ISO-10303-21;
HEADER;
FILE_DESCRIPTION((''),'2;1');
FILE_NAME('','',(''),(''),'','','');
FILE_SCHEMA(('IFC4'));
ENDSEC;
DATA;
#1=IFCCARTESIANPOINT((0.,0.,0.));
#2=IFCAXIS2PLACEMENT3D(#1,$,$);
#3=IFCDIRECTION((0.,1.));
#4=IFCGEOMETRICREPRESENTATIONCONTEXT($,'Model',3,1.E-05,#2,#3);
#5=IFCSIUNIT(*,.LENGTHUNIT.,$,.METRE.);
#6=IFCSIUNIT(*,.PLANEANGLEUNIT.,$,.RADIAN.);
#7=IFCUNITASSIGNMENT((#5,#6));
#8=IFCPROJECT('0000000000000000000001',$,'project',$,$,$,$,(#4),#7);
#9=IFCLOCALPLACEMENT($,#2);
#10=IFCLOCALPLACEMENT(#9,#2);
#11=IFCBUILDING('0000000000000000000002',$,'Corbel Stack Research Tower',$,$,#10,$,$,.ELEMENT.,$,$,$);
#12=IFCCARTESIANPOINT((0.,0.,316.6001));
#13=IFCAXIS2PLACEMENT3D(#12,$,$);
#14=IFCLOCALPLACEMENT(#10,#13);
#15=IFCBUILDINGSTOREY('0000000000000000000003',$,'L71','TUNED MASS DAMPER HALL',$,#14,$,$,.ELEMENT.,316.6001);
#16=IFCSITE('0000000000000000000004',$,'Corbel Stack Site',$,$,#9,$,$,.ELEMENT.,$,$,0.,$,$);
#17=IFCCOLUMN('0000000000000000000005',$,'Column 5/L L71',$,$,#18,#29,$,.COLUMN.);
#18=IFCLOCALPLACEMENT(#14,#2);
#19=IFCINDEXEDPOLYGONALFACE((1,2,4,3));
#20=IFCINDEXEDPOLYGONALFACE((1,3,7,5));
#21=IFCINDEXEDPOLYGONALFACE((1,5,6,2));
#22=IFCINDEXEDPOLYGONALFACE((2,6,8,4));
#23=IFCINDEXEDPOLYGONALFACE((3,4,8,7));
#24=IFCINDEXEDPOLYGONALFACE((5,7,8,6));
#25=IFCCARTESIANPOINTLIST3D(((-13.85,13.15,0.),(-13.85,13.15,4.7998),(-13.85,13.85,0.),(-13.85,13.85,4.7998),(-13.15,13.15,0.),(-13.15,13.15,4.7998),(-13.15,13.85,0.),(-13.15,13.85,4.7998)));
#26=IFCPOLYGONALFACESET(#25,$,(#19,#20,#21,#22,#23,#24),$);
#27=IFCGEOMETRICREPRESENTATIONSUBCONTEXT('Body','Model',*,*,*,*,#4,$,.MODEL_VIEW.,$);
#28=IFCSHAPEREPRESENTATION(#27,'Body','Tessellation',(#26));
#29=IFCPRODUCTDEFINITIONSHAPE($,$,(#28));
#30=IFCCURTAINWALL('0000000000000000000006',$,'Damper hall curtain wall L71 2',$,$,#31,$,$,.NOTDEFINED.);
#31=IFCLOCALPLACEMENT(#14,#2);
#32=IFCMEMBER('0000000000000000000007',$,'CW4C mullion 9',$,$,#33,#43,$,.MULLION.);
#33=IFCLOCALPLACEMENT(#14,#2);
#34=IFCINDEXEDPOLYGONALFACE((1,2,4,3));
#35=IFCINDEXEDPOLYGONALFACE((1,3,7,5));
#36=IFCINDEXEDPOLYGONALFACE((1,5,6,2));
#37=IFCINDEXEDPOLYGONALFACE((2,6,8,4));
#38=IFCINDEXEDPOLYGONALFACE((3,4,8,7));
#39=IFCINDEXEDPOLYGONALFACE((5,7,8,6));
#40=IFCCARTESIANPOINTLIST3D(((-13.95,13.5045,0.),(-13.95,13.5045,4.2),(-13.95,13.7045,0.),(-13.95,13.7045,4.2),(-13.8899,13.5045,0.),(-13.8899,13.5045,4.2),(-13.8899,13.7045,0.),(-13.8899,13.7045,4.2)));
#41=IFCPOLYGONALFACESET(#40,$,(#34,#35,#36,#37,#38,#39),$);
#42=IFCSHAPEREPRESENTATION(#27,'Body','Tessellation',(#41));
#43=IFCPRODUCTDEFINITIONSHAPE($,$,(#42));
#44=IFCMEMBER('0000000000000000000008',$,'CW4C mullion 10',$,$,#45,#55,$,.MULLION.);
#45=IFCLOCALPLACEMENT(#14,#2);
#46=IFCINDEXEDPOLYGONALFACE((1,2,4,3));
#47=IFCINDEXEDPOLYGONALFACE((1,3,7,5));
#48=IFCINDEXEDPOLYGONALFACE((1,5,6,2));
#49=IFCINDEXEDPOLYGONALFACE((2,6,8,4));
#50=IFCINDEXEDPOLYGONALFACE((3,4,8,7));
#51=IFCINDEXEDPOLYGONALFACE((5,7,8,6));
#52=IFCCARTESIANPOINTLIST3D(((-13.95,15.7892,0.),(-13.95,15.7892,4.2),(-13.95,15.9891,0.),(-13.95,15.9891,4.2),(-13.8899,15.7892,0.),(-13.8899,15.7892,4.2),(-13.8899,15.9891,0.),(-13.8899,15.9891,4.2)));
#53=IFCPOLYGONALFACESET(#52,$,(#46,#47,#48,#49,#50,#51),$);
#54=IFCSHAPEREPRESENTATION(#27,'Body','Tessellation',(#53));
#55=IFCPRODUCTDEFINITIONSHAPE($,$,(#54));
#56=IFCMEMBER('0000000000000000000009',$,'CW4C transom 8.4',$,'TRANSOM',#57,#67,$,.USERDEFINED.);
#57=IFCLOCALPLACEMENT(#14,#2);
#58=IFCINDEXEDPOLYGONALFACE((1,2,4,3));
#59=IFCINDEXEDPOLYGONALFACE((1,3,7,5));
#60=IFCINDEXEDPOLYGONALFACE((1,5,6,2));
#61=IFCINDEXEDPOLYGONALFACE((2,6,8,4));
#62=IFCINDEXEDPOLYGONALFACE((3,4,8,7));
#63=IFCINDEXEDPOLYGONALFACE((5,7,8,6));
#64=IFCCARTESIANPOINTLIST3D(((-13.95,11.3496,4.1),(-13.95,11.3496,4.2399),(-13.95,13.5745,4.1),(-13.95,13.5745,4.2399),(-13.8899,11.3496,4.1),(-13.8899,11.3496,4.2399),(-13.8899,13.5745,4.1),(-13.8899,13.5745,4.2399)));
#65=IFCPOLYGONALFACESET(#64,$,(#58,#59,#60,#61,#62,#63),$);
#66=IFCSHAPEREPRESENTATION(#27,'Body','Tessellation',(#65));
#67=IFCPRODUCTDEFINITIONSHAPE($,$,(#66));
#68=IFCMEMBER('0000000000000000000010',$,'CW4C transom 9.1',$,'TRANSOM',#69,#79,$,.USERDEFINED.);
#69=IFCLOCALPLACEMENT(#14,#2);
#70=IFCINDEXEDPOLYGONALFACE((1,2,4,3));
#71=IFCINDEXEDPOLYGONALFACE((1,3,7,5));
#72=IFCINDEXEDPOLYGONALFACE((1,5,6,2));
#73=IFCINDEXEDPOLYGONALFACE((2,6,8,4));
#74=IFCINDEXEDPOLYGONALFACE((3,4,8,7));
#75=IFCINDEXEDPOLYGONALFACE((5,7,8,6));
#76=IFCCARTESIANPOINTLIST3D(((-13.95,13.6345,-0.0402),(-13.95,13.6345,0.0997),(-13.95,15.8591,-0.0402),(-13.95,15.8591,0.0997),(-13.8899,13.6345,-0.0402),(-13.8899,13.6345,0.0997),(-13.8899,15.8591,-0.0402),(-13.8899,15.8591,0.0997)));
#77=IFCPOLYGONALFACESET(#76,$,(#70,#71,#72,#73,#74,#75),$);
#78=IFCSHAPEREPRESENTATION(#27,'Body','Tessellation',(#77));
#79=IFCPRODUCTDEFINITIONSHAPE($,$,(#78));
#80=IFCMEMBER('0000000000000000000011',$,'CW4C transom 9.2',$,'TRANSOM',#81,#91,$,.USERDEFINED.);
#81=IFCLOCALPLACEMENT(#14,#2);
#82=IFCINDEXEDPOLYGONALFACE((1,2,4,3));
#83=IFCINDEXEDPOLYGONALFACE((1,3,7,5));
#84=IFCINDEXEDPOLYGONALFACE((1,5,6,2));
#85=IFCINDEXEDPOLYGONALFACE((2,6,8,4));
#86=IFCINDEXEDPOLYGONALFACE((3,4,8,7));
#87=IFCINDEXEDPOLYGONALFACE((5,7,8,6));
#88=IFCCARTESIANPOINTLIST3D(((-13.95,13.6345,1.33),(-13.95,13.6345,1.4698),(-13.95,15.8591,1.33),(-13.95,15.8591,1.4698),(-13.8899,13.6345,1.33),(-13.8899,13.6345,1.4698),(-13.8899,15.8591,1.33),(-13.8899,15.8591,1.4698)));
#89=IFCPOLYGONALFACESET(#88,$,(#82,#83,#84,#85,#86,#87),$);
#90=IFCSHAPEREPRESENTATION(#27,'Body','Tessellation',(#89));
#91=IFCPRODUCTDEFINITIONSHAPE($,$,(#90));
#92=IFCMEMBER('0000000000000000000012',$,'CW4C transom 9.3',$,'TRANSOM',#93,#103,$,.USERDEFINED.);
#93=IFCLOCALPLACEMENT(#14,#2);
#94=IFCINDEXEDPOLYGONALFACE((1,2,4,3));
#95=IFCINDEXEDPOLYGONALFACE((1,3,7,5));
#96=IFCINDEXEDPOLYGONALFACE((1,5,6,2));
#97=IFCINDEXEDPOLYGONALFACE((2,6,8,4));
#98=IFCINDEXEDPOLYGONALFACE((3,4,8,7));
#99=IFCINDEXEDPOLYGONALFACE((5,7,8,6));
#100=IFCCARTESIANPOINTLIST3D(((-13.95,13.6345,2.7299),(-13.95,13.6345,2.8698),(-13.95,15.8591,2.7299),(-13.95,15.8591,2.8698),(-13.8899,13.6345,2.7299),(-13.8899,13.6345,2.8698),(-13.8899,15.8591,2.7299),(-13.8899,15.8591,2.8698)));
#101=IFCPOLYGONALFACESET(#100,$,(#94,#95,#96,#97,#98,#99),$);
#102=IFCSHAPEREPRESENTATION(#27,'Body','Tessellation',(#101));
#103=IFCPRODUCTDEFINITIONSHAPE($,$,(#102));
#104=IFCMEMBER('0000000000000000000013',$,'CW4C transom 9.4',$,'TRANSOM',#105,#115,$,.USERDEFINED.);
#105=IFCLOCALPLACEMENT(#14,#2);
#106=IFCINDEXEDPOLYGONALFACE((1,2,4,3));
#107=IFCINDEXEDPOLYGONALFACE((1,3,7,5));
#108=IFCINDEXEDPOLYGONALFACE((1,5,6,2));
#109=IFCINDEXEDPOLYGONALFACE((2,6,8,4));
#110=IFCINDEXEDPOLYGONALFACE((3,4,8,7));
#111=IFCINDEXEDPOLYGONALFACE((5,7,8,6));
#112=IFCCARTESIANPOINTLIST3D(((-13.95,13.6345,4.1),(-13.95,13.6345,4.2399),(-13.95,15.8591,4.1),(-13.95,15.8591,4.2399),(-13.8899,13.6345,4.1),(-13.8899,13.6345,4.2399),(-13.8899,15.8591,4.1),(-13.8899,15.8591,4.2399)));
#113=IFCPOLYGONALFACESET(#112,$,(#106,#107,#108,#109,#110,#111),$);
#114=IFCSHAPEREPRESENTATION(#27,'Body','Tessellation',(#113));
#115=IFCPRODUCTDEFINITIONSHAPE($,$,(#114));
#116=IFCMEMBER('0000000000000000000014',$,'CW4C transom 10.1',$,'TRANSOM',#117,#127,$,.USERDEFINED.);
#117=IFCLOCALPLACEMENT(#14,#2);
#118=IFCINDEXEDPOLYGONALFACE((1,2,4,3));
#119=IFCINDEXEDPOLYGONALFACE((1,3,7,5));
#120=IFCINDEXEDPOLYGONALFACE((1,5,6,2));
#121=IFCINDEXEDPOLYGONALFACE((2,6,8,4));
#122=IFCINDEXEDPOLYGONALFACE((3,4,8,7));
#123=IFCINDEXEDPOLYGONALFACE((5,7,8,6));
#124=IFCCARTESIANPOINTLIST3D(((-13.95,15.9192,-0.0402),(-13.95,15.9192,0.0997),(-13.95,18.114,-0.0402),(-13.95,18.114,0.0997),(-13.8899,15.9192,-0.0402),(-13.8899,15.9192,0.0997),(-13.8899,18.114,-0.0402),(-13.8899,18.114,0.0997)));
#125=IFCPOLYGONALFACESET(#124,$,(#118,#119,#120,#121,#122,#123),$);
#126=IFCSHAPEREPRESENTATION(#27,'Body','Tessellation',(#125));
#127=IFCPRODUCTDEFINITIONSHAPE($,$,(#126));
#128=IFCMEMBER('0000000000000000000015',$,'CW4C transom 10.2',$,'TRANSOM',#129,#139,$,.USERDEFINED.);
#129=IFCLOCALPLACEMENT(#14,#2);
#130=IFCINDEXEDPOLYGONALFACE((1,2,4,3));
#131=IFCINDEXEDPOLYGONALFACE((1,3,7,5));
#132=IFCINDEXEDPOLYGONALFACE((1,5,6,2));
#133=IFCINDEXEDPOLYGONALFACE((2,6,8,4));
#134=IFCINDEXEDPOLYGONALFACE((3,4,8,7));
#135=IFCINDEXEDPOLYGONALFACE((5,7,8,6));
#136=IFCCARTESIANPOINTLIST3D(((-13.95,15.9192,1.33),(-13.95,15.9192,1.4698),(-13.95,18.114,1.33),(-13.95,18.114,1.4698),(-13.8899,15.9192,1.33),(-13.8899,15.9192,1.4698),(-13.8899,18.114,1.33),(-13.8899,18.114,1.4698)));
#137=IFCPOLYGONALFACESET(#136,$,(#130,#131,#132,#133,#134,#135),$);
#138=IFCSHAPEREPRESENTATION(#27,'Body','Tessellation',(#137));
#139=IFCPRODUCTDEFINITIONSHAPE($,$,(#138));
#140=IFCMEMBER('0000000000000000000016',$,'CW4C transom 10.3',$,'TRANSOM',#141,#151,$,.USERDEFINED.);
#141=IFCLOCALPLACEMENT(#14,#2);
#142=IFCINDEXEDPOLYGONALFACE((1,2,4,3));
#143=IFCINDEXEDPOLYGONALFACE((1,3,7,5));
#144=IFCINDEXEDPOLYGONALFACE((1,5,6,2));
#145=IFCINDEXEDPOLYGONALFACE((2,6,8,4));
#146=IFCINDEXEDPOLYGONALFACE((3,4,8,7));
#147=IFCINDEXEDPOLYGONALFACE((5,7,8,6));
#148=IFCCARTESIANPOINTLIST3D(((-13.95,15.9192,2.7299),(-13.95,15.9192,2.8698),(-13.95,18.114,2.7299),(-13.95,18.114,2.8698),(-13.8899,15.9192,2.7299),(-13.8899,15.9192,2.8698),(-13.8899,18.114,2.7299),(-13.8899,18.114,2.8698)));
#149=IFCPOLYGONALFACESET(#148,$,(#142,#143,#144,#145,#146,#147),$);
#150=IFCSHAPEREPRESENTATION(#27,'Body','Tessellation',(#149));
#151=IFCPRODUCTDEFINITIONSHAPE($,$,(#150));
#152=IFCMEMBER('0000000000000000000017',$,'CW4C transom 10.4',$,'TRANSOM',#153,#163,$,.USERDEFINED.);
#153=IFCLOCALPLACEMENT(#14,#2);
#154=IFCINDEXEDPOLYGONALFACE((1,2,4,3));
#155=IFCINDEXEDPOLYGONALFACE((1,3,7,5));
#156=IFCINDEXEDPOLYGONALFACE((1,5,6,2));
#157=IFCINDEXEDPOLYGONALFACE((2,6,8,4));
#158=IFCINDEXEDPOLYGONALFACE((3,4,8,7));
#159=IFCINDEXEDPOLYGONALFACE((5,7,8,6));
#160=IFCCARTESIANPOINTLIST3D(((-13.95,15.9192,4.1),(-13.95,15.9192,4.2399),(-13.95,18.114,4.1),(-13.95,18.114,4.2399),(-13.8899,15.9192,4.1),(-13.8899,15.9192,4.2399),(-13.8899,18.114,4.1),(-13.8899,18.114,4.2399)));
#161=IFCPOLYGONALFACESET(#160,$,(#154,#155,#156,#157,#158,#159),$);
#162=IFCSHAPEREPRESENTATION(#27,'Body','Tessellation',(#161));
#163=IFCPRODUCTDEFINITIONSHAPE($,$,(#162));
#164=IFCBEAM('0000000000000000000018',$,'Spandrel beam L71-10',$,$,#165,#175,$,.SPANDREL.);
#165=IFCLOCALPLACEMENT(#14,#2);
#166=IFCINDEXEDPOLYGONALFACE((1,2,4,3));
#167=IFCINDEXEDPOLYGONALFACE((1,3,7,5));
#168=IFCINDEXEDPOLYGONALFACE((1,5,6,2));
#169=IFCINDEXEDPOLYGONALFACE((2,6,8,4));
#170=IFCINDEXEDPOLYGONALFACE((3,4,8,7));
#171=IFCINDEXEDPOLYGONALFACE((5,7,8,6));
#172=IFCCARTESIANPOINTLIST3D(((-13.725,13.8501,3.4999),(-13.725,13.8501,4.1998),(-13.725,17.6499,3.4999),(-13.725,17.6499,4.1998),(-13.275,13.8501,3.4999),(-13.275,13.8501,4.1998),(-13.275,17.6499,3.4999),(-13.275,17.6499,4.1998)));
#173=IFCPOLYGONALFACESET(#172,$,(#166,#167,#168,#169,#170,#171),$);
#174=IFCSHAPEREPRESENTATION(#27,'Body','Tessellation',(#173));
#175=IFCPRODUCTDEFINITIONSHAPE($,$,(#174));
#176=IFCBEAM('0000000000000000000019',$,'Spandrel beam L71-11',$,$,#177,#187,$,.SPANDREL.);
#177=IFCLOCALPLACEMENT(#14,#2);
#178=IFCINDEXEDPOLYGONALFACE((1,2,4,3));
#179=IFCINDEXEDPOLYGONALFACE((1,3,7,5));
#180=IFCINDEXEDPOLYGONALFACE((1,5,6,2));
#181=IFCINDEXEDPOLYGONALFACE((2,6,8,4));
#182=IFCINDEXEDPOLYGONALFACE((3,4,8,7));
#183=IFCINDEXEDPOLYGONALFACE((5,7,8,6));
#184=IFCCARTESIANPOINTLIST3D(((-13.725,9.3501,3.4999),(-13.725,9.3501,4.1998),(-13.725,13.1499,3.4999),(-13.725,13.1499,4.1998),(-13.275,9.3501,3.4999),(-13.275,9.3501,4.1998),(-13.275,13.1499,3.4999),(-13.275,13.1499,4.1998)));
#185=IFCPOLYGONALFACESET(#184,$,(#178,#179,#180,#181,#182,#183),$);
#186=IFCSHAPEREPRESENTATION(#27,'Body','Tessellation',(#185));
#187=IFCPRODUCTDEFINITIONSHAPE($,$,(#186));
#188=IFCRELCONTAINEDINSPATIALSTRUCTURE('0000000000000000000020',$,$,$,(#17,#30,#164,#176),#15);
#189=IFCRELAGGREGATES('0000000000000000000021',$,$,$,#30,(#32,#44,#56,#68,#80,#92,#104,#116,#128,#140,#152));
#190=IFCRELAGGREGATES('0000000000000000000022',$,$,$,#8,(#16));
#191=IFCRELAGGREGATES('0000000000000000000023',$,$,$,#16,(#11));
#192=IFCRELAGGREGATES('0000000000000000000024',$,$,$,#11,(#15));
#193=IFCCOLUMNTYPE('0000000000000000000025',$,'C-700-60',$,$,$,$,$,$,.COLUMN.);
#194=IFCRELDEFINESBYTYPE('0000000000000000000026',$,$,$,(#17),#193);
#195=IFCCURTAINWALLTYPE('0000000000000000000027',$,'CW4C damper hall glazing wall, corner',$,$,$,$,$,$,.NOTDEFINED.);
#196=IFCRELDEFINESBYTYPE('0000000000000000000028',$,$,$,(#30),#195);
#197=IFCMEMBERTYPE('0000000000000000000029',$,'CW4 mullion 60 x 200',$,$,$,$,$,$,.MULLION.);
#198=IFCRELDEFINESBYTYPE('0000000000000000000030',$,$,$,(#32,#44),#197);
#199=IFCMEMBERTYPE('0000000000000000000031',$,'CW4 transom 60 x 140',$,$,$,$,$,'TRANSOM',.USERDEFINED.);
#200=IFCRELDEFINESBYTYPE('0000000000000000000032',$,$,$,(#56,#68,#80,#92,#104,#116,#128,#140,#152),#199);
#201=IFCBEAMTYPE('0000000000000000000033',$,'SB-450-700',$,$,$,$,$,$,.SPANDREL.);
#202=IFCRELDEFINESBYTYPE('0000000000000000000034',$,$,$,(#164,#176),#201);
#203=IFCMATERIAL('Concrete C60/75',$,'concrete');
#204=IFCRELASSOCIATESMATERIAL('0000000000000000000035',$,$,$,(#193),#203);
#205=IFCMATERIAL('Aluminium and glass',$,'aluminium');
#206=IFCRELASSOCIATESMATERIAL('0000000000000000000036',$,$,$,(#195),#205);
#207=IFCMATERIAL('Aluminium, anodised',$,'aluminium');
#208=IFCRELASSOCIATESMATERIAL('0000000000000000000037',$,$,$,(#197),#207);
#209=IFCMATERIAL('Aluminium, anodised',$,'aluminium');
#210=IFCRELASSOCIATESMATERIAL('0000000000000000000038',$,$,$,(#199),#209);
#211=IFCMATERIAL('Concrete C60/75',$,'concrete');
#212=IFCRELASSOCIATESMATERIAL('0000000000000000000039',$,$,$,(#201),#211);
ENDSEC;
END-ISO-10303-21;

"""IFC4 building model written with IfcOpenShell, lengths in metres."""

from ifc_helpers import new_model, si_unit, direction, frame, origin, origin_2d, place, context, subcontext, project, spatial, rectangle, extrude, material, material_profile, profile_set, type_object, element, aggregate, save


model = new_model("IFC4")

# Units and contexts
model_context = context("Model", 3, precision=1e-05, world=origin(), true_north=direction((0.0, 1.0)))
body_context = subcontext(model_context, "Body", "Model", "MODEL_VIEW")
ifc_project = project(units=[si_unit("LENGTHUNIT", "METRE"), si_unit("PLANEANGLEUNIT", "RADIAN")], contexts=[model_context])

# Site, building, storey
site_placement = place(None, origin())
site = spatial("IfcSite", under=ifc_project, at=site_placement, Name="Corbel Stack Site", CompositionType="ELEMENT", RefElevation=0.0)
building_placement = place(site_placement, origin())
building = spatial("IfcBuilding", under=site, at=building_placement, Name="Corbel Stack Research Tower", CompositionType="ELEMENT")
storey_placement = place(building_placement, frame((0.0, 0.0, 316.6001)))
storey = spatial("IfcBuildingStorey", under=building, at=storey_placement, Name="L71", Description="TUNED MASS DAMPER HALL", CompositionType="ELEMENT", Elevation=316.6001)

# Column
ifc_material_1 = material(Name="Concrete C60/75", Category="concrete")
ifc_material_profile_1 = material_profile(ifc_material_1, rectangle(XDim=0.7, YDim=0.7, at=origin_2d()), Name="RC 700 x 700")
ifc_profile_set_1 = profile_set([ifc_material_profile_1], Name="Concrete C60/75")
column_type = type_object("IfcColumnType", Name="C-700-60", PredefinedType="COLUMN", material=ifc_profile_set_1)
column_placement = place(storey_placement, frame((-13.5, 13.5, 0.0), z_axis=(0.0, 0.0, 1.0), x_axis=(1.0, 0.0, 0.0)))
element("IfcColumn", 1, at=column_placement, inside=storey, type_object=column_type, Name="Column 5/L L71", PredefinedType="COLUMN", context=body_context, shape_type="SweptSolid", body=[
    extrude(rectangle(XDim=0.7, YDim=0.7, at=origin_2d()), origin(), (0.0, 0.0, 1.0), 4.7998),
])

# Curtain wall, members
ifc_material_2 = material(Name="Aluminium and glass", Category="aluminium")
curtain_wall_type = type_object("IfcCurtainWallType", Name="CW4C damper hall glazing wall, corner", PredefinedType="NOTDEFINED", material=ifc_material_2)
curtain_wall_placement = place(storey_placement, origin())
curtain_wall = element("IfcCurtainWall", 2, at=curtain_wall_placement, inside=storey, type_object=curtain_wall_type, Name="Damper hall curtain wall L71 2", PredefinedType="NOTDEFINED")
ifc_material_3 = material(Name="Aluminium, anodised", Category="aluminium")
ifc_material_profile_2 = material_profile(ifc_material_3, rectangle(XDim=0.0601, YDim=0.2, at=origin_2d()), Name="CW4 mullion 60 x 200")
ifc_profile_set_2 = profile_set([ifc_material_profile_2], Name="Aluminium, anodised")
member_type_1 = type_object("IfcMemberType", Name="CW4 mullion 60 x 200", PredefinedType="MULLION", material=ifc_profile_set_2)
member_1_placement = place(storey_placement, frame((-13.9199, 13.6045, 0.0), z_axis=(0.0, 0.0, 1.0), x_axis=(-1.0, 0.0, 0.0)))
member_1 = element("IfcMember", 3, at=member_1_placement, type_object=member_type_1, Name="CW4C mullion 9", PredefinedType="MULLION", context=body_context, shape_type="SweptSolid", body=[
    extrude(rectangle(XDim=0.0601, YDim=0.2, at=origin_2d()), origin(), (0.0, 0.0, 1.0), 4.2),
])
member_2_placement = place(storey_placement, frame((-13.9199, 15.8892, 0.0), z_axis=(0.0, 0.0, 1.0), x_axis=(-1.0, 0.0, 0.0)))
member_2 = element("IfcMember", 4, at=member_2_placement, type_object=member_type_1, Name="CW4C mullion 10", PredefinedType="MULLION", context=body_context, shape_type="SweptSolid", body=[
    extrude(rectangle(XDim=0.0601, YDim=0.2, at=origin_2d()), origin(), (0.0, 0.0, 1.0), 4.2),
])
ifc_material_4 = material(Name="Aluminium, anodised", Category="aluminium")
ifc_material_profile_3 = material_profile(ifc_material_4, rectangle(XDim=0.0601, YDim=0.1399, at=origin_2d()), Name="CW4 transom 60 x 140")
ifc_profile_set_3 = profile_set([ifc_material_profile_3], Name="Aluminium, anodised")
member_type_2 = type_object("IfcMemberType", Name="CW4 transom 60 x 140", ElementType="TRANSOM", PredefinedType="USERDEFINED", material=ifc_profile_set_3)
member_3_placement = place(storey_placement, frame((-13.9199, 11.3496, 4.1699), z_axis=(0.0, 1.0, 0.0), x_axis=(-1.0, 0.0, 0.0)))
member_3 = element("IfcMember", 5, at=member_3_placement, type_object=member_type_2, Name="CW4C transom 8.4", ObjectType="TRANSOM", PredefinedType="USERDEFINED", context=body_context, shape_type="SweptSolid", body=[
    extrude(rectangle(XDim=0.0601, YDim=0.1399, at=origin_2d()), origin(), (0.0, 0.0, 1.0), 2.2249),
])
member_4_placement = place(storey_placement, frame((-13.9199, 13.6345, 0.0298), z_axis=(0.0, 1.0, 0.0), x_axis=(-1.0, 0.0, 0.0)))
member_4 = element("IfcMember", 6, at=member_4_placement, type_object=member_type_2, Name="CW4C transom 9.1", ObjectType="TRANSOM", PredefinedType="USERDEFINED", context=body_context, shape_type="SweptSolid", body=[
    extrude(rectangle(XDim=0.0601, YDim=0.1399, at=origin_2d()), origin(), (0.0, 0.0, 1.0), 2.2246),
])
member_5_placement = place(storey_placement, frame((-13.9199, 13.6345, 1.3999), z_axis=(0.0, 1.0, 0.0), x_axis=(-1.0, 0.0, 0.0)))
member_5 = element("IfcMember", 7, at=member_5_placement, type_object=member_type_2, Name="CW4C transom 9.2", ObjectType="TRANSOM", PredefinedType="USERDEFINED", context=body_context, shape_type="SweptSolid", body=[
    extrude(rectangle(XDim=0.0601, YDim=0.1399, at=origin_2d()), origin(), (0.0, 0.0, 1.0), 2.2246),
])
member_6_placement = place(storey_placement, frame((-13.9199, 13.6345, 2.7998), z_axis=(0.0, 1.0, 0.0), x_axis=(-1.0, 0.0, 0.0)))
member_6 = element("IfcMember", 8, at=member_6_placement, type_object=member_type_2, Name="CW4C transom 9.3", ObjectType="TRANSOM", PredefinedType="USERDEFINED", context=body_context, shape_type="SweptSolid", body=[
    extrude(rectangle(XDim=0.0601, YDim=0.1399, at=origin_2d()), origin(), (0.0, 0.0, 1.0), 2.2246),
])
member_7_placement = place(storey_placement, frame((-13.9199, 13.6345, 4.1699), z_axis=(0.0, 1.0, 0.0), x_axis=(-1.0, 0.0, 0.0)))
member_7 = element("IfcMember", 9, at=member_7_placement, type_object=member_type_2, Name="CW4C transom 9.4", ObjectType="TRANSOM", PredefinedType="USERDEFINED", context=body_context, shape_type="SweptSolid", body=[
    extrude(rectangle(XDim=0.0601, YDim=0.1399, at=origin_2d()), origin(), (0.0, 0.0, 1.0), 2.2246),
])
member_8_placement = place(storey_placement, frame((-13.9199, 15.9192, 0.0298), z_axis=(0.0, 1.0, 0.0), x_axis=(-1.0, 0.0, 0.0)))
member_8 = element("IfcMember", 10, at=member_8_placement, type_object=member_type_2, Name="CW4C transom 10.1", ObjectType="TRANSOM", PredefinedType="USERDEFINED", context=body_context, shape_type="SweptSolid", body=[
    extrude(rectangle(XDim=0.0601, YDim=0.1399, at=origin_2d()), origin(), (0.0, 0.0, 1.0), 2.1948),
])
member_9_placement = place(storey_placement, frame((-13.9199, 15.9192, 1.3999), z_axis=(0.0, 1.0, 0.0), x_axis=(-1.0, 0.0, 0.0)))
member_9 = element("IfcMember", 11, at=member_9_placement, type_object=member_type_2, Name="CW4C transom 10.2", ObjectType="TRANSOM", PredefinedType="USERDEFINED", context=body_context, shape_type="SweptSolid", body=[
    extrude(rectangle(XDim=0.0601, YDim=0.1399, at=origin_2d()), origin(), (0.0, 0.0, 1.0), 2.1948),
])
member_10_placement = place(storey_placement, frame((-13.9199, 15.9192, 2.7998), z_axis=(0.0, 1.0, 0.0), x_axis=(-1.0, 0.0, 0.0)))
member_10 = element("IfcMember", 12, at=member_10_placement, type_object=member_type_2, Name="CW4C transom 10.3", ObjectType="TRANSOM", PredefinedType="USERDEFINED", context=body_context, shape_type="SweptSolid", body=[
    extrude(rectangle(XDim=0.0601, YDim=0.1399, at=origin_2d()), origin(), (0.0, 0.0, 1.0), 2.1948),
])
member_11_placement = place(storey_placement, frame((-13.9199, 15.9192, 4.1699), z_axis=(0.0, 1.0, 0.0), x_axis=(-1.0, 0.0, 0.0)))
member_11 = element("IfcMember", 13, at=member_11_placement, type_object=member_type_2, Name="CW4C transom 10.4", ObjectType="TRANSOM", PredefinedType="USERDEFINED", context=body_context, shape_type="SweptSolid", body=[
    extrude(rectangle(XDim=0.0601, YDim=0.1399, at=origin_2d()), origin(), (0.0, 0.0, 1.0), 2.1948),
])

# Beams
ifc_material_5 = material(Name="Concrete C60/75", Category="concrete")
ifc_material_profile_4 = material_profile(ifc_material_5, rectangle(XDim=0.45, YDim=0.7, at=origin_2d()), Name="RC 450 x 700")
ifc_profile_set_4 = profile_set([ifc_material_profile_4], Name="Concrete C60/75")
beam_type = type_object("IfcBeamType", Name="SB-450-700", PredefinedType="SPANDREL", material=ifc_profile_set_4)
for number, where, z_axis, x_axis, name in (
    (14, (-13.5, 17.6499, 3.8499), (0.0, -1.0, 0.0), (1.0, 0.0, 0.0), "Spandrel beam L71-10"),
    (15, (-13.5, 13.1499, 3.8499), (0.0, -1.0, 0.0), (1.0, 0.0, 0.0), "Spandrel beam L71-11"),
):
    element("IfcBeam", number, at=place(storey_placement, frame(where, z_axis=z_axis, x_axis=x_axis)), inside=storey, type_object=beam_type, Name=name, PredefinedType="SPANDREL", context=body_context, shape_type="SweptSolid", body=[
        extrude(rectangle(XDim=0.45, YDim=0.7, at=origin_2d()), origin(), (0.0, 0.0, 1.0), 3.7998),
    ])

aggregate(curtain_wall, [member_1, member_2, member_3, member_4, member_5, member_6, member_7, member_8, member_9, member_10, member_11])

save(model, "model.ifc")
